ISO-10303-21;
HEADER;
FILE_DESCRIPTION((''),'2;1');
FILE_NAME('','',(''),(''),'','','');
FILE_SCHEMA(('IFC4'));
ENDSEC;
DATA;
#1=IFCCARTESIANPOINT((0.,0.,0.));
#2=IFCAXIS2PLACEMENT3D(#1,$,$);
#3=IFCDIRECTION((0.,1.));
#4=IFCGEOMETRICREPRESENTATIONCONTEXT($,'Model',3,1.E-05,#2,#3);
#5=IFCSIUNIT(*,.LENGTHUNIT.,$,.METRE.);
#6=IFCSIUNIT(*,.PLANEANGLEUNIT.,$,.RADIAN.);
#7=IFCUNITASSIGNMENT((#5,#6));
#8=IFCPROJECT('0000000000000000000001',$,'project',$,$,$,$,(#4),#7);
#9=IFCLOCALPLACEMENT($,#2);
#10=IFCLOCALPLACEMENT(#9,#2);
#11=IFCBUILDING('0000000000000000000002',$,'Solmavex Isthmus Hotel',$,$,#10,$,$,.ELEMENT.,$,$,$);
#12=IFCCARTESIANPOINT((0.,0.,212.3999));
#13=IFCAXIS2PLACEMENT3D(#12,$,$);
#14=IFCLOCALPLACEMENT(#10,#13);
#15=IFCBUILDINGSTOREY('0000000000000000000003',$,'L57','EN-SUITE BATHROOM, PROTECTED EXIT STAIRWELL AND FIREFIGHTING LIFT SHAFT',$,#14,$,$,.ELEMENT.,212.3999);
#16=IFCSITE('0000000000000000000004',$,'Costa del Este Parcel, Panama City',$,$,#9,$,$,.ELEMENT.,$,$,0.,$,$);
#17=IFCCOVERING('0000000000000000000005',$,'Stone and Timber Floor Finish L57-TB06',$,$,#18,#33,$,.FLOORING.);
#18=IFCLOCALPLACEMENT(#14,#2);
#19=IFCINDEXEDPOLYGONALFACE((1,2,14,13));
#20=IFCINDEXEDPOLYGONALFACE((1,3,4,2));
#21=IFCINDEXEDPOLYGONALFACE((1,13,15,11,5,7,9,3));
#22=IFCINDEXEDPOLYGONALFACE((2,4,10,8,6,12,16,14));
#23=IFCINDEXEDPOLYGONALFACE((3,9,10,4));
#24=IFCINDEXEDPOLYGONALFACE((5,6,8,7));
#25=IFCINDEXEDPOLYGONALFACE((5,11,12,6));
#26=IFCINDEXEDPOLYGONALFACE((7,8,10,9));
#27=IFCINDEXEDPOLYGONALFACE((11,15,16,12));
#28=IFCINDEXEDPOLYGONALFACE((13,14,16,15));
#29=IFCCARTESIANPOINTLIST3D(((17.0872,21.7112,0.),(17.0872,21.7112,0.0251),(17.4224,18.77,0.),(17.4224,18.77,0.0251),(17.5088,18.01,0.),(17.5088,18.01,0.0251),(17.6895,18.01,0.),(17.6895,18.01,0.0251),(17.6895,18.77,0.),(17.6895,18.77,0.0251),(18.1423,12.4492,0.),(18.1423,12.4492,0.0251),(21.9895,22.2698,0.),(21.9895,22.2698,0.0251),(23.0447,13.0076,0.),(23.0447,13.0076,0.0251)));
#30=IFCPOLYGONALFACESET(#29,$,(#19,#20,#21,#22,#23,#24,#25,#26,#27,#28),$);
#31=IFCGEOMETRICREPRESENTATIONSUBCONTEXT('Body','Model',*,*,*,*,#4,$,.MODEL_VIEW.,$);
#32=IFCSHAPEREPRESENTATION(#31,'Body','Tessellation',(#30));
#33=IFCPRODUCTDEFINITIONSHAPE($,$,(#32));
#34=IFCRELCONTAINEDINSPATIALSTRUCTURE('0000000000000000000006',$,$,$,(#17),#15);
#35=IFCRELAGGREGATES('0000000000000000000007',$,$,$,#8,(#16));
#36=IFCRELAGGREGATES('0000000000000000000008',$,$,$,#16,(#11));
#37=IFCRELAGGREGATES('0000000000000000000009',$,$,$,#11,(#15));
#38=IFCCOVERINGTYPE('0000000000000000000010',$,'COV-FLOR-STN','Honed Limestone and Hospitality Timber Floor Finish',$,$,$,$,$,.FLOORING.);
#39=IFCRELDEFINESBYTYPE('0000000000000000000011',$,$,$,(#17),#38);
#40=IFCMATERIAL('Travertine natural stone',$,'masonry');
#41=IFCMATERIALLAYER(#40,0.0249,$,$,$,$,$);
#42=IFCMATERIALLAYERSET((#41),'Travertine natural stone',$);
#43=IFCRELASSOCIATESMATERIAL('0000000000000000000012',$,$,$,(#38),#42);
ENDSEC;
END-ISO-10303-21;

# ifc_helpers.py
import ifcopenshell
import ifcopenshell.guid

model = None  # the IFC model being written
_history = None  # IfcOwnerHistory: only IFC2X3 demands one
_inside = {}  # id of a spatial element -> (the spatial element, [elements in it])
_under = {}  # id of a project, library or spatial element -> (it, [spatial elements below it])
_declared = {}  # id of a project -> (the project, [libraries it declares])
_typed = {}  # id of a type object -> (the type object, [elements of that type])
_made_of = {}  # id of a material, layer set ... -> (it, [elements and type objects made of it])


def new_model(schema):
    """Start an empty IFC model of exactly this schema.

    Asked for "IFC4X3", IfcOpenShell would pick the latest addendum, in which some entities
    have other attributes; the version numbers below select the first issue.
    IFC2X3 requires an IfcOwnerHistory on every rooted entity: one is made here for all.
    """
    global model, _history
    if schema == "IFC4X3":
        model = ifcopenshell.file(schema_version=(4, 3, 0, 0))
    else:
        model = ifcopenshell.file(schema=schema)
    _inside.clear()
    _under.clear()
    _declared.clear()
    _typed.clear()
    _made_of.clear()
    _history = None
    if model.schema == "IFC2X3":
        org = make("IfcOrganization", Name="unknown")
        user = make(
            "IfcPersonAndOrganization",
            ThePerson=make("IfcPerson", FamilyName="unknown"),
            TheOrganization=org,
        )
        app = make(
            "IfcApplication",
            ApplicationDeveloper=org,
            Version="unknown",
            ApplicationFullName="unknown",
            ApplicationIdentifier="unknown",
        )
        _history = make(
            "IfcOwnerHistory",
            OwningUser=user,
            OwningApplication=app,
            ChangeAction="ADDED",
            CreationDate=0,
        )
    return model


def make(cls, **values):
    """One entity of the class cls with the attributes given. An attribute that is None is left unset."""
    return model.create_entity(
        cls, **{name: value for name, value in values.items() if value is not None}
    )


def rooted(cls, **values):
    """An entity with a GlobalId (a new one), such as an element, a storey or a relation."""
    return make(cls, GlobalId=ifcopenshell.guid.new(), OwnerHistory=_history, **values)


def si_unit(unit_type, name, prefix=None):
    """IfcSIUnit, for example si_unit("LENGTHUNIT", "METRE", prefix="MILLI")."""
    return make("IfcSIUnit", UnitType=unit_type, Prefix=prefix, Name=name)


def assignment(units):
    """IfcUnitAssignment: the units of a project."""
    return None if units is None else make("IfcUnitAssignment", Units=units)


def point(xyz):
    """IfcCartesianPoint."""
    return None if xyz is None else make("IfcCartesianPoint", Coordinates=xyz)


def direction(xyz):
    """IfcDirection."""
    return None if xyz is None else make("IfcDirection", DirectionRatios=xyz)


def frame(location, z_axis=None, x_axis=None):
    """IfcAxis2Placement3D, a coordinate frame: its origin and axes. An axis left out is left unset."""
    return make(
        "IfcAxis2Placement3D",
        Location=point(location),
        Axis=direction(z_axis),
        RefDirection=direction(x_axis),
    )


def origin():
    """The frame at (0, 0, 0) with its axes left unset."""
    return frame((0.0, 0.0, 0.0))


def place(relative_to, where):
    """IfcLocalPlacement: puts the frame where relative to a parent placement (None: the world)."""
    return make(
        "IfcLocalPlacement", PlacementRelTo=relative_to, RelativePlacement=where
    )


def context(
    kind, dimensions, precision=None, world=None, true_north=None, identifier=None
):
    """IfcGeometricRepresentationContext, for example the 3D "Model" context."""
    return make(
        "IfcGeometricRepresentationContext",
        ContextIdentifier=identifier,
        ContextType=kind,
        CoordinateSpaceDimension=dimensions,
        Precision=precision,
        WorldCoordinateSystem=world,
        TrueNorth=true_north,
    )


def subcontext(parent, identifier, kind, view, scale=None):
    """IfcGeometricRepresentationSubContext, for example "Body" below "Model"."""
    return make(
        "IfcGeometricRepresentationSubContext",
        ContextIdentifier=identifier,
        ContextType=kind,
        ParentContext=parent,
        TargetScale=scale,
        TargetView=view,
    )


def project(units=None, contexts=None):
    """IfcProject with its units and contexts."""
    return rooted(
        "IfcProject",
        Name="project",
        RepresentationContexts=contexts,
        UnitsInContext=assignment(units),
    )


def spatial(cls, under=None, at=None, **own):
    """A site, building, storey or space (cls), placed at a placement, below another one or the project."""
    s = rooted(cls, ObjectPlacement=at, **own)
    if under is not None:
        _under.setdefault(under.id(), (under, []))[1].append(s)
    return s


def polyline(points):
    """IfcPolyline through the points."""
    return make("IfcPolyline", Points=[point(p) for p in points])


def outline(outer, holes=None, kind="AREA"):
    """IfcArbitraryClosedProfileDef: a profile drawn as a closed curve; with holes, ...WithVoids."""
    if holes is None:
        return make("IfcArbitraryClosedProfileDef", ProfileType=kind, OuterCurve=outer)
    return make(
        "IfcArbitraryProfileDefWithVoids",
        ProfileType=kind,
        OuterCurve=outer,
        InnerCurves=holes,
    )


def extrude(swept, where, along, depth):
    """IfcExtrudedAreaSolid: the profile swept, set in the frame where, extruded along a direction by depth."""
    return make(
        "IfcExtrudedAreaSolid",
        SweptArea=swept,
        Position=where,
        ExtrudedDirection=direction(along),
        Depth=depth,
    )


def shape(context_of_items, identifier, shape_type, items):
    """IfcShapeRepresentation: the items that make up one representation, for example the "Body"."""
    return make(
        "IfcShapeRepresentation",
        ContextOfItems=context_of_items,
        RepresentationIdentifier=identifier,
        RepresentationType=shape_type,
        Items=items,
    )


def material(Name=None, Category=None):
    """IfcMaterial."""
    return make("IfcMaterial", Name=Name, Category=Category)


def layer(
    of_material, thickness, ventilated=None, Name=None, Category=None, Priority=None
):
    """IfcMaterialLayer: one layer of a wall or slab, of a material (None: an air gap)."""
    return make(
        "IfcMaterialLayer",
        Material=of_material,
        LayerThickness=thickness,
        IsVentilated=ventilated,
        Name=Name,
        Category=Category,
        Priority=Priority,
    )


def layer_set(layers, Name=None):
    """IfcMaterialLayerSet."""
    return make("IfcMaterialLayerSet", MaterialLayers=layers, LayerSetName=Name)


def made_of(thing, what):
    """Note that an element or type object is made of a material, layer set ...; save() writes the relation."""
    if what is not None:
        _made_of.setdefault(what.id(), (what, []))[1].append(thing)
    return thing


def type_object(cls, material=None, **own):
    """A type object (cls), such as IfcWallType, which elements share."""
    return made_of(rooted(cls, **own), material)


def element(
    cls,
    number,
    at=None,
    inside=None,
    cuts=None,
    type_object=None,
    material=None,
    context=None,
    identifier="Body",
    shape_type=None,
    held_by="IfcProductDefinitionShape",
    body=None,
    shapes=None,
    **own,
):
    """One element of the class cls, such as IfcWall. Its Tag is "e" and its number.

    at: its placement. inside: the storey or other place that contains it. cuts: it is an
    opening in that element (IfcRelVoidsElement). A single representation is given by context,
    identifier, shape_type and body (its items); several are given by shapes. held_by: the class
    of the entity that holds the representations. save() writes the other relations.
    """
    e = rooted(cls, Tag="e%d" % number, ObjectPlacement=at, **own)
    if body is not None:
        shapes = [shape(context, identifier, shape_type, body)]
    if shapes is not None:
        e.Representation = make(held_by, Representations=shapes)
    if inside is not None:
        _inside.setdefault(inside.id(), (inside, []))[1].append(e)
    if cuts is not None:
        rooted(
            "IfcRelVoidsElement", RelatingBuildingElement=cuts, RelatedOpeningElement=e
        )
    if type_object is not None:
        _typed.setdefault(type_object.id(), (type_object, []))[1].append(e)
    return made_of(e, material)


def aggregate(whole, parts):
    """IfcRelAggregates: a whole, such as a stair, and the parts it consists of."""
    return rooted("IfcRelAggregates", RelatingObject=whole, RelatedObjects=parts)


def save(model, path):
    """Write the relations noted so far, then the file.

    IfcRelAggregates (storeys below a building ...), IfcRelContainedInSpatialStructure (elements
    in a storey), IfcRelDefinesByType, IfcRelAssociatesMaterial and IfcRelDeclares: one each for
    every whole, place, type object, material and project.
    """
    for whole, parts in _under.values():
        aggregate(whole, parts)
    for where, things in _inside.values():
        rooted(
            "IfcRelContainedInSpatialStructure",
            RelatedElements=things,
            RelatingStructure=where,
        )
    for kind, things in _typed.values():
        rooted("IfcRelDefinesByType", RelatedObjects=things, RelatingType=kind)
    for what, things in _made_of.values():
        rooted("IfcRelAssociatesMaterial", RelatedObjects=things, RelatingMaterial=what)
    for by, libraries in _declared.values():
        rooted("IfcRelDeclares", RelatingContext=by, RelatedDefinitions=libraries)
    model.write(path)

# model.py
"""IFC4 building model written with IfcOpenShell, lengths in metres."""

from ifc_helpers import new_model, si_unit, direction, frame, origin, place, context, subcontext, project, spatial, polyline, outline, extrude, material, layer, layer_set, type_object, element, save


model = new_model("IFC4")

# Units and contexts
model_context = context("Model", 3, precision=1e-05, world=origin(), true_north=direction((0.0, 1.0)))
body_context = subcontext(model_context, "Body", "Model", "MODEL_VIEW")
ifc_project = project(units=[si_unit("LENGTHUNIT", "METRE"), si_unit("PLANEANGLEUNIT", "RADIAN")], contexts=[model_context])

# Site, building, storey
site_placement = place(None, origin())
site = spatial("IfcSite", under=ifc_project, at=site_placement, Name="Costa del Este Parcel, Panama City", CompositionType="ELEMENT", RefElevation=0.0)
building_placement = place(site_placement, origin())
building = spatial("IfcBuilding", under=site, at=building_placement, Name="Solmavex Isthmus Hotel", CompositionType="ELEMENT")
storey_placement = place(building_placement, frame((0.0, 0.0, 212.3999)))
storey = spatial("IfcBuildingStorey", under=building, at=storey_placement, Name="L57", Description="EN-SUITE BATHROOM, PROTECTED EXIT STAIRWELL AND FIREFIGHTING LIFT SHAFT", CompositionType="ELEMENT", Elevation=212.3999)

# Covering
ifc_material_1 = material(Name="Travertine natural stone", Category="masonry")
ifc_layer_1 = layer(ifc_material_1, 0.0249)
ifc_layer_set_1 = layer_set([ifc_layer_1], Name="Travertine natural stone")
covering_type_1 = type_object("IfcCoveringType", Name="COV-FLOR-STN", Description="Honed Limestone and Hospitality Timber Floor Finish", PredefinedType="FLOORING", material=ifc_layer_set_1)
covering_1_placement = place(storey_placement, origin())
element("IfcCovering", 1, at=covering_1_placement, inside=storey, type_object=covering_type_1, Name="Stone and Timber Floor Finish L57-TB06", PredefinedType="FLOORING", context=body_context, shape_type="SweptSolid", body=[
    extrude(outline(polyline([(17.4224, 18.77), (17.6895, 18.77), (17.6895, 18.01), (17.5088, 18.01), (18.1423, 12.4492), (23.0447, 13.0076), (21.9895, 22.2698), (17.0872, 21.7112), (17.4224, 18.77)])), origin(), (0.0, 0.0, 1.0), 0.0251),
])

save(model, "model.ifc")
